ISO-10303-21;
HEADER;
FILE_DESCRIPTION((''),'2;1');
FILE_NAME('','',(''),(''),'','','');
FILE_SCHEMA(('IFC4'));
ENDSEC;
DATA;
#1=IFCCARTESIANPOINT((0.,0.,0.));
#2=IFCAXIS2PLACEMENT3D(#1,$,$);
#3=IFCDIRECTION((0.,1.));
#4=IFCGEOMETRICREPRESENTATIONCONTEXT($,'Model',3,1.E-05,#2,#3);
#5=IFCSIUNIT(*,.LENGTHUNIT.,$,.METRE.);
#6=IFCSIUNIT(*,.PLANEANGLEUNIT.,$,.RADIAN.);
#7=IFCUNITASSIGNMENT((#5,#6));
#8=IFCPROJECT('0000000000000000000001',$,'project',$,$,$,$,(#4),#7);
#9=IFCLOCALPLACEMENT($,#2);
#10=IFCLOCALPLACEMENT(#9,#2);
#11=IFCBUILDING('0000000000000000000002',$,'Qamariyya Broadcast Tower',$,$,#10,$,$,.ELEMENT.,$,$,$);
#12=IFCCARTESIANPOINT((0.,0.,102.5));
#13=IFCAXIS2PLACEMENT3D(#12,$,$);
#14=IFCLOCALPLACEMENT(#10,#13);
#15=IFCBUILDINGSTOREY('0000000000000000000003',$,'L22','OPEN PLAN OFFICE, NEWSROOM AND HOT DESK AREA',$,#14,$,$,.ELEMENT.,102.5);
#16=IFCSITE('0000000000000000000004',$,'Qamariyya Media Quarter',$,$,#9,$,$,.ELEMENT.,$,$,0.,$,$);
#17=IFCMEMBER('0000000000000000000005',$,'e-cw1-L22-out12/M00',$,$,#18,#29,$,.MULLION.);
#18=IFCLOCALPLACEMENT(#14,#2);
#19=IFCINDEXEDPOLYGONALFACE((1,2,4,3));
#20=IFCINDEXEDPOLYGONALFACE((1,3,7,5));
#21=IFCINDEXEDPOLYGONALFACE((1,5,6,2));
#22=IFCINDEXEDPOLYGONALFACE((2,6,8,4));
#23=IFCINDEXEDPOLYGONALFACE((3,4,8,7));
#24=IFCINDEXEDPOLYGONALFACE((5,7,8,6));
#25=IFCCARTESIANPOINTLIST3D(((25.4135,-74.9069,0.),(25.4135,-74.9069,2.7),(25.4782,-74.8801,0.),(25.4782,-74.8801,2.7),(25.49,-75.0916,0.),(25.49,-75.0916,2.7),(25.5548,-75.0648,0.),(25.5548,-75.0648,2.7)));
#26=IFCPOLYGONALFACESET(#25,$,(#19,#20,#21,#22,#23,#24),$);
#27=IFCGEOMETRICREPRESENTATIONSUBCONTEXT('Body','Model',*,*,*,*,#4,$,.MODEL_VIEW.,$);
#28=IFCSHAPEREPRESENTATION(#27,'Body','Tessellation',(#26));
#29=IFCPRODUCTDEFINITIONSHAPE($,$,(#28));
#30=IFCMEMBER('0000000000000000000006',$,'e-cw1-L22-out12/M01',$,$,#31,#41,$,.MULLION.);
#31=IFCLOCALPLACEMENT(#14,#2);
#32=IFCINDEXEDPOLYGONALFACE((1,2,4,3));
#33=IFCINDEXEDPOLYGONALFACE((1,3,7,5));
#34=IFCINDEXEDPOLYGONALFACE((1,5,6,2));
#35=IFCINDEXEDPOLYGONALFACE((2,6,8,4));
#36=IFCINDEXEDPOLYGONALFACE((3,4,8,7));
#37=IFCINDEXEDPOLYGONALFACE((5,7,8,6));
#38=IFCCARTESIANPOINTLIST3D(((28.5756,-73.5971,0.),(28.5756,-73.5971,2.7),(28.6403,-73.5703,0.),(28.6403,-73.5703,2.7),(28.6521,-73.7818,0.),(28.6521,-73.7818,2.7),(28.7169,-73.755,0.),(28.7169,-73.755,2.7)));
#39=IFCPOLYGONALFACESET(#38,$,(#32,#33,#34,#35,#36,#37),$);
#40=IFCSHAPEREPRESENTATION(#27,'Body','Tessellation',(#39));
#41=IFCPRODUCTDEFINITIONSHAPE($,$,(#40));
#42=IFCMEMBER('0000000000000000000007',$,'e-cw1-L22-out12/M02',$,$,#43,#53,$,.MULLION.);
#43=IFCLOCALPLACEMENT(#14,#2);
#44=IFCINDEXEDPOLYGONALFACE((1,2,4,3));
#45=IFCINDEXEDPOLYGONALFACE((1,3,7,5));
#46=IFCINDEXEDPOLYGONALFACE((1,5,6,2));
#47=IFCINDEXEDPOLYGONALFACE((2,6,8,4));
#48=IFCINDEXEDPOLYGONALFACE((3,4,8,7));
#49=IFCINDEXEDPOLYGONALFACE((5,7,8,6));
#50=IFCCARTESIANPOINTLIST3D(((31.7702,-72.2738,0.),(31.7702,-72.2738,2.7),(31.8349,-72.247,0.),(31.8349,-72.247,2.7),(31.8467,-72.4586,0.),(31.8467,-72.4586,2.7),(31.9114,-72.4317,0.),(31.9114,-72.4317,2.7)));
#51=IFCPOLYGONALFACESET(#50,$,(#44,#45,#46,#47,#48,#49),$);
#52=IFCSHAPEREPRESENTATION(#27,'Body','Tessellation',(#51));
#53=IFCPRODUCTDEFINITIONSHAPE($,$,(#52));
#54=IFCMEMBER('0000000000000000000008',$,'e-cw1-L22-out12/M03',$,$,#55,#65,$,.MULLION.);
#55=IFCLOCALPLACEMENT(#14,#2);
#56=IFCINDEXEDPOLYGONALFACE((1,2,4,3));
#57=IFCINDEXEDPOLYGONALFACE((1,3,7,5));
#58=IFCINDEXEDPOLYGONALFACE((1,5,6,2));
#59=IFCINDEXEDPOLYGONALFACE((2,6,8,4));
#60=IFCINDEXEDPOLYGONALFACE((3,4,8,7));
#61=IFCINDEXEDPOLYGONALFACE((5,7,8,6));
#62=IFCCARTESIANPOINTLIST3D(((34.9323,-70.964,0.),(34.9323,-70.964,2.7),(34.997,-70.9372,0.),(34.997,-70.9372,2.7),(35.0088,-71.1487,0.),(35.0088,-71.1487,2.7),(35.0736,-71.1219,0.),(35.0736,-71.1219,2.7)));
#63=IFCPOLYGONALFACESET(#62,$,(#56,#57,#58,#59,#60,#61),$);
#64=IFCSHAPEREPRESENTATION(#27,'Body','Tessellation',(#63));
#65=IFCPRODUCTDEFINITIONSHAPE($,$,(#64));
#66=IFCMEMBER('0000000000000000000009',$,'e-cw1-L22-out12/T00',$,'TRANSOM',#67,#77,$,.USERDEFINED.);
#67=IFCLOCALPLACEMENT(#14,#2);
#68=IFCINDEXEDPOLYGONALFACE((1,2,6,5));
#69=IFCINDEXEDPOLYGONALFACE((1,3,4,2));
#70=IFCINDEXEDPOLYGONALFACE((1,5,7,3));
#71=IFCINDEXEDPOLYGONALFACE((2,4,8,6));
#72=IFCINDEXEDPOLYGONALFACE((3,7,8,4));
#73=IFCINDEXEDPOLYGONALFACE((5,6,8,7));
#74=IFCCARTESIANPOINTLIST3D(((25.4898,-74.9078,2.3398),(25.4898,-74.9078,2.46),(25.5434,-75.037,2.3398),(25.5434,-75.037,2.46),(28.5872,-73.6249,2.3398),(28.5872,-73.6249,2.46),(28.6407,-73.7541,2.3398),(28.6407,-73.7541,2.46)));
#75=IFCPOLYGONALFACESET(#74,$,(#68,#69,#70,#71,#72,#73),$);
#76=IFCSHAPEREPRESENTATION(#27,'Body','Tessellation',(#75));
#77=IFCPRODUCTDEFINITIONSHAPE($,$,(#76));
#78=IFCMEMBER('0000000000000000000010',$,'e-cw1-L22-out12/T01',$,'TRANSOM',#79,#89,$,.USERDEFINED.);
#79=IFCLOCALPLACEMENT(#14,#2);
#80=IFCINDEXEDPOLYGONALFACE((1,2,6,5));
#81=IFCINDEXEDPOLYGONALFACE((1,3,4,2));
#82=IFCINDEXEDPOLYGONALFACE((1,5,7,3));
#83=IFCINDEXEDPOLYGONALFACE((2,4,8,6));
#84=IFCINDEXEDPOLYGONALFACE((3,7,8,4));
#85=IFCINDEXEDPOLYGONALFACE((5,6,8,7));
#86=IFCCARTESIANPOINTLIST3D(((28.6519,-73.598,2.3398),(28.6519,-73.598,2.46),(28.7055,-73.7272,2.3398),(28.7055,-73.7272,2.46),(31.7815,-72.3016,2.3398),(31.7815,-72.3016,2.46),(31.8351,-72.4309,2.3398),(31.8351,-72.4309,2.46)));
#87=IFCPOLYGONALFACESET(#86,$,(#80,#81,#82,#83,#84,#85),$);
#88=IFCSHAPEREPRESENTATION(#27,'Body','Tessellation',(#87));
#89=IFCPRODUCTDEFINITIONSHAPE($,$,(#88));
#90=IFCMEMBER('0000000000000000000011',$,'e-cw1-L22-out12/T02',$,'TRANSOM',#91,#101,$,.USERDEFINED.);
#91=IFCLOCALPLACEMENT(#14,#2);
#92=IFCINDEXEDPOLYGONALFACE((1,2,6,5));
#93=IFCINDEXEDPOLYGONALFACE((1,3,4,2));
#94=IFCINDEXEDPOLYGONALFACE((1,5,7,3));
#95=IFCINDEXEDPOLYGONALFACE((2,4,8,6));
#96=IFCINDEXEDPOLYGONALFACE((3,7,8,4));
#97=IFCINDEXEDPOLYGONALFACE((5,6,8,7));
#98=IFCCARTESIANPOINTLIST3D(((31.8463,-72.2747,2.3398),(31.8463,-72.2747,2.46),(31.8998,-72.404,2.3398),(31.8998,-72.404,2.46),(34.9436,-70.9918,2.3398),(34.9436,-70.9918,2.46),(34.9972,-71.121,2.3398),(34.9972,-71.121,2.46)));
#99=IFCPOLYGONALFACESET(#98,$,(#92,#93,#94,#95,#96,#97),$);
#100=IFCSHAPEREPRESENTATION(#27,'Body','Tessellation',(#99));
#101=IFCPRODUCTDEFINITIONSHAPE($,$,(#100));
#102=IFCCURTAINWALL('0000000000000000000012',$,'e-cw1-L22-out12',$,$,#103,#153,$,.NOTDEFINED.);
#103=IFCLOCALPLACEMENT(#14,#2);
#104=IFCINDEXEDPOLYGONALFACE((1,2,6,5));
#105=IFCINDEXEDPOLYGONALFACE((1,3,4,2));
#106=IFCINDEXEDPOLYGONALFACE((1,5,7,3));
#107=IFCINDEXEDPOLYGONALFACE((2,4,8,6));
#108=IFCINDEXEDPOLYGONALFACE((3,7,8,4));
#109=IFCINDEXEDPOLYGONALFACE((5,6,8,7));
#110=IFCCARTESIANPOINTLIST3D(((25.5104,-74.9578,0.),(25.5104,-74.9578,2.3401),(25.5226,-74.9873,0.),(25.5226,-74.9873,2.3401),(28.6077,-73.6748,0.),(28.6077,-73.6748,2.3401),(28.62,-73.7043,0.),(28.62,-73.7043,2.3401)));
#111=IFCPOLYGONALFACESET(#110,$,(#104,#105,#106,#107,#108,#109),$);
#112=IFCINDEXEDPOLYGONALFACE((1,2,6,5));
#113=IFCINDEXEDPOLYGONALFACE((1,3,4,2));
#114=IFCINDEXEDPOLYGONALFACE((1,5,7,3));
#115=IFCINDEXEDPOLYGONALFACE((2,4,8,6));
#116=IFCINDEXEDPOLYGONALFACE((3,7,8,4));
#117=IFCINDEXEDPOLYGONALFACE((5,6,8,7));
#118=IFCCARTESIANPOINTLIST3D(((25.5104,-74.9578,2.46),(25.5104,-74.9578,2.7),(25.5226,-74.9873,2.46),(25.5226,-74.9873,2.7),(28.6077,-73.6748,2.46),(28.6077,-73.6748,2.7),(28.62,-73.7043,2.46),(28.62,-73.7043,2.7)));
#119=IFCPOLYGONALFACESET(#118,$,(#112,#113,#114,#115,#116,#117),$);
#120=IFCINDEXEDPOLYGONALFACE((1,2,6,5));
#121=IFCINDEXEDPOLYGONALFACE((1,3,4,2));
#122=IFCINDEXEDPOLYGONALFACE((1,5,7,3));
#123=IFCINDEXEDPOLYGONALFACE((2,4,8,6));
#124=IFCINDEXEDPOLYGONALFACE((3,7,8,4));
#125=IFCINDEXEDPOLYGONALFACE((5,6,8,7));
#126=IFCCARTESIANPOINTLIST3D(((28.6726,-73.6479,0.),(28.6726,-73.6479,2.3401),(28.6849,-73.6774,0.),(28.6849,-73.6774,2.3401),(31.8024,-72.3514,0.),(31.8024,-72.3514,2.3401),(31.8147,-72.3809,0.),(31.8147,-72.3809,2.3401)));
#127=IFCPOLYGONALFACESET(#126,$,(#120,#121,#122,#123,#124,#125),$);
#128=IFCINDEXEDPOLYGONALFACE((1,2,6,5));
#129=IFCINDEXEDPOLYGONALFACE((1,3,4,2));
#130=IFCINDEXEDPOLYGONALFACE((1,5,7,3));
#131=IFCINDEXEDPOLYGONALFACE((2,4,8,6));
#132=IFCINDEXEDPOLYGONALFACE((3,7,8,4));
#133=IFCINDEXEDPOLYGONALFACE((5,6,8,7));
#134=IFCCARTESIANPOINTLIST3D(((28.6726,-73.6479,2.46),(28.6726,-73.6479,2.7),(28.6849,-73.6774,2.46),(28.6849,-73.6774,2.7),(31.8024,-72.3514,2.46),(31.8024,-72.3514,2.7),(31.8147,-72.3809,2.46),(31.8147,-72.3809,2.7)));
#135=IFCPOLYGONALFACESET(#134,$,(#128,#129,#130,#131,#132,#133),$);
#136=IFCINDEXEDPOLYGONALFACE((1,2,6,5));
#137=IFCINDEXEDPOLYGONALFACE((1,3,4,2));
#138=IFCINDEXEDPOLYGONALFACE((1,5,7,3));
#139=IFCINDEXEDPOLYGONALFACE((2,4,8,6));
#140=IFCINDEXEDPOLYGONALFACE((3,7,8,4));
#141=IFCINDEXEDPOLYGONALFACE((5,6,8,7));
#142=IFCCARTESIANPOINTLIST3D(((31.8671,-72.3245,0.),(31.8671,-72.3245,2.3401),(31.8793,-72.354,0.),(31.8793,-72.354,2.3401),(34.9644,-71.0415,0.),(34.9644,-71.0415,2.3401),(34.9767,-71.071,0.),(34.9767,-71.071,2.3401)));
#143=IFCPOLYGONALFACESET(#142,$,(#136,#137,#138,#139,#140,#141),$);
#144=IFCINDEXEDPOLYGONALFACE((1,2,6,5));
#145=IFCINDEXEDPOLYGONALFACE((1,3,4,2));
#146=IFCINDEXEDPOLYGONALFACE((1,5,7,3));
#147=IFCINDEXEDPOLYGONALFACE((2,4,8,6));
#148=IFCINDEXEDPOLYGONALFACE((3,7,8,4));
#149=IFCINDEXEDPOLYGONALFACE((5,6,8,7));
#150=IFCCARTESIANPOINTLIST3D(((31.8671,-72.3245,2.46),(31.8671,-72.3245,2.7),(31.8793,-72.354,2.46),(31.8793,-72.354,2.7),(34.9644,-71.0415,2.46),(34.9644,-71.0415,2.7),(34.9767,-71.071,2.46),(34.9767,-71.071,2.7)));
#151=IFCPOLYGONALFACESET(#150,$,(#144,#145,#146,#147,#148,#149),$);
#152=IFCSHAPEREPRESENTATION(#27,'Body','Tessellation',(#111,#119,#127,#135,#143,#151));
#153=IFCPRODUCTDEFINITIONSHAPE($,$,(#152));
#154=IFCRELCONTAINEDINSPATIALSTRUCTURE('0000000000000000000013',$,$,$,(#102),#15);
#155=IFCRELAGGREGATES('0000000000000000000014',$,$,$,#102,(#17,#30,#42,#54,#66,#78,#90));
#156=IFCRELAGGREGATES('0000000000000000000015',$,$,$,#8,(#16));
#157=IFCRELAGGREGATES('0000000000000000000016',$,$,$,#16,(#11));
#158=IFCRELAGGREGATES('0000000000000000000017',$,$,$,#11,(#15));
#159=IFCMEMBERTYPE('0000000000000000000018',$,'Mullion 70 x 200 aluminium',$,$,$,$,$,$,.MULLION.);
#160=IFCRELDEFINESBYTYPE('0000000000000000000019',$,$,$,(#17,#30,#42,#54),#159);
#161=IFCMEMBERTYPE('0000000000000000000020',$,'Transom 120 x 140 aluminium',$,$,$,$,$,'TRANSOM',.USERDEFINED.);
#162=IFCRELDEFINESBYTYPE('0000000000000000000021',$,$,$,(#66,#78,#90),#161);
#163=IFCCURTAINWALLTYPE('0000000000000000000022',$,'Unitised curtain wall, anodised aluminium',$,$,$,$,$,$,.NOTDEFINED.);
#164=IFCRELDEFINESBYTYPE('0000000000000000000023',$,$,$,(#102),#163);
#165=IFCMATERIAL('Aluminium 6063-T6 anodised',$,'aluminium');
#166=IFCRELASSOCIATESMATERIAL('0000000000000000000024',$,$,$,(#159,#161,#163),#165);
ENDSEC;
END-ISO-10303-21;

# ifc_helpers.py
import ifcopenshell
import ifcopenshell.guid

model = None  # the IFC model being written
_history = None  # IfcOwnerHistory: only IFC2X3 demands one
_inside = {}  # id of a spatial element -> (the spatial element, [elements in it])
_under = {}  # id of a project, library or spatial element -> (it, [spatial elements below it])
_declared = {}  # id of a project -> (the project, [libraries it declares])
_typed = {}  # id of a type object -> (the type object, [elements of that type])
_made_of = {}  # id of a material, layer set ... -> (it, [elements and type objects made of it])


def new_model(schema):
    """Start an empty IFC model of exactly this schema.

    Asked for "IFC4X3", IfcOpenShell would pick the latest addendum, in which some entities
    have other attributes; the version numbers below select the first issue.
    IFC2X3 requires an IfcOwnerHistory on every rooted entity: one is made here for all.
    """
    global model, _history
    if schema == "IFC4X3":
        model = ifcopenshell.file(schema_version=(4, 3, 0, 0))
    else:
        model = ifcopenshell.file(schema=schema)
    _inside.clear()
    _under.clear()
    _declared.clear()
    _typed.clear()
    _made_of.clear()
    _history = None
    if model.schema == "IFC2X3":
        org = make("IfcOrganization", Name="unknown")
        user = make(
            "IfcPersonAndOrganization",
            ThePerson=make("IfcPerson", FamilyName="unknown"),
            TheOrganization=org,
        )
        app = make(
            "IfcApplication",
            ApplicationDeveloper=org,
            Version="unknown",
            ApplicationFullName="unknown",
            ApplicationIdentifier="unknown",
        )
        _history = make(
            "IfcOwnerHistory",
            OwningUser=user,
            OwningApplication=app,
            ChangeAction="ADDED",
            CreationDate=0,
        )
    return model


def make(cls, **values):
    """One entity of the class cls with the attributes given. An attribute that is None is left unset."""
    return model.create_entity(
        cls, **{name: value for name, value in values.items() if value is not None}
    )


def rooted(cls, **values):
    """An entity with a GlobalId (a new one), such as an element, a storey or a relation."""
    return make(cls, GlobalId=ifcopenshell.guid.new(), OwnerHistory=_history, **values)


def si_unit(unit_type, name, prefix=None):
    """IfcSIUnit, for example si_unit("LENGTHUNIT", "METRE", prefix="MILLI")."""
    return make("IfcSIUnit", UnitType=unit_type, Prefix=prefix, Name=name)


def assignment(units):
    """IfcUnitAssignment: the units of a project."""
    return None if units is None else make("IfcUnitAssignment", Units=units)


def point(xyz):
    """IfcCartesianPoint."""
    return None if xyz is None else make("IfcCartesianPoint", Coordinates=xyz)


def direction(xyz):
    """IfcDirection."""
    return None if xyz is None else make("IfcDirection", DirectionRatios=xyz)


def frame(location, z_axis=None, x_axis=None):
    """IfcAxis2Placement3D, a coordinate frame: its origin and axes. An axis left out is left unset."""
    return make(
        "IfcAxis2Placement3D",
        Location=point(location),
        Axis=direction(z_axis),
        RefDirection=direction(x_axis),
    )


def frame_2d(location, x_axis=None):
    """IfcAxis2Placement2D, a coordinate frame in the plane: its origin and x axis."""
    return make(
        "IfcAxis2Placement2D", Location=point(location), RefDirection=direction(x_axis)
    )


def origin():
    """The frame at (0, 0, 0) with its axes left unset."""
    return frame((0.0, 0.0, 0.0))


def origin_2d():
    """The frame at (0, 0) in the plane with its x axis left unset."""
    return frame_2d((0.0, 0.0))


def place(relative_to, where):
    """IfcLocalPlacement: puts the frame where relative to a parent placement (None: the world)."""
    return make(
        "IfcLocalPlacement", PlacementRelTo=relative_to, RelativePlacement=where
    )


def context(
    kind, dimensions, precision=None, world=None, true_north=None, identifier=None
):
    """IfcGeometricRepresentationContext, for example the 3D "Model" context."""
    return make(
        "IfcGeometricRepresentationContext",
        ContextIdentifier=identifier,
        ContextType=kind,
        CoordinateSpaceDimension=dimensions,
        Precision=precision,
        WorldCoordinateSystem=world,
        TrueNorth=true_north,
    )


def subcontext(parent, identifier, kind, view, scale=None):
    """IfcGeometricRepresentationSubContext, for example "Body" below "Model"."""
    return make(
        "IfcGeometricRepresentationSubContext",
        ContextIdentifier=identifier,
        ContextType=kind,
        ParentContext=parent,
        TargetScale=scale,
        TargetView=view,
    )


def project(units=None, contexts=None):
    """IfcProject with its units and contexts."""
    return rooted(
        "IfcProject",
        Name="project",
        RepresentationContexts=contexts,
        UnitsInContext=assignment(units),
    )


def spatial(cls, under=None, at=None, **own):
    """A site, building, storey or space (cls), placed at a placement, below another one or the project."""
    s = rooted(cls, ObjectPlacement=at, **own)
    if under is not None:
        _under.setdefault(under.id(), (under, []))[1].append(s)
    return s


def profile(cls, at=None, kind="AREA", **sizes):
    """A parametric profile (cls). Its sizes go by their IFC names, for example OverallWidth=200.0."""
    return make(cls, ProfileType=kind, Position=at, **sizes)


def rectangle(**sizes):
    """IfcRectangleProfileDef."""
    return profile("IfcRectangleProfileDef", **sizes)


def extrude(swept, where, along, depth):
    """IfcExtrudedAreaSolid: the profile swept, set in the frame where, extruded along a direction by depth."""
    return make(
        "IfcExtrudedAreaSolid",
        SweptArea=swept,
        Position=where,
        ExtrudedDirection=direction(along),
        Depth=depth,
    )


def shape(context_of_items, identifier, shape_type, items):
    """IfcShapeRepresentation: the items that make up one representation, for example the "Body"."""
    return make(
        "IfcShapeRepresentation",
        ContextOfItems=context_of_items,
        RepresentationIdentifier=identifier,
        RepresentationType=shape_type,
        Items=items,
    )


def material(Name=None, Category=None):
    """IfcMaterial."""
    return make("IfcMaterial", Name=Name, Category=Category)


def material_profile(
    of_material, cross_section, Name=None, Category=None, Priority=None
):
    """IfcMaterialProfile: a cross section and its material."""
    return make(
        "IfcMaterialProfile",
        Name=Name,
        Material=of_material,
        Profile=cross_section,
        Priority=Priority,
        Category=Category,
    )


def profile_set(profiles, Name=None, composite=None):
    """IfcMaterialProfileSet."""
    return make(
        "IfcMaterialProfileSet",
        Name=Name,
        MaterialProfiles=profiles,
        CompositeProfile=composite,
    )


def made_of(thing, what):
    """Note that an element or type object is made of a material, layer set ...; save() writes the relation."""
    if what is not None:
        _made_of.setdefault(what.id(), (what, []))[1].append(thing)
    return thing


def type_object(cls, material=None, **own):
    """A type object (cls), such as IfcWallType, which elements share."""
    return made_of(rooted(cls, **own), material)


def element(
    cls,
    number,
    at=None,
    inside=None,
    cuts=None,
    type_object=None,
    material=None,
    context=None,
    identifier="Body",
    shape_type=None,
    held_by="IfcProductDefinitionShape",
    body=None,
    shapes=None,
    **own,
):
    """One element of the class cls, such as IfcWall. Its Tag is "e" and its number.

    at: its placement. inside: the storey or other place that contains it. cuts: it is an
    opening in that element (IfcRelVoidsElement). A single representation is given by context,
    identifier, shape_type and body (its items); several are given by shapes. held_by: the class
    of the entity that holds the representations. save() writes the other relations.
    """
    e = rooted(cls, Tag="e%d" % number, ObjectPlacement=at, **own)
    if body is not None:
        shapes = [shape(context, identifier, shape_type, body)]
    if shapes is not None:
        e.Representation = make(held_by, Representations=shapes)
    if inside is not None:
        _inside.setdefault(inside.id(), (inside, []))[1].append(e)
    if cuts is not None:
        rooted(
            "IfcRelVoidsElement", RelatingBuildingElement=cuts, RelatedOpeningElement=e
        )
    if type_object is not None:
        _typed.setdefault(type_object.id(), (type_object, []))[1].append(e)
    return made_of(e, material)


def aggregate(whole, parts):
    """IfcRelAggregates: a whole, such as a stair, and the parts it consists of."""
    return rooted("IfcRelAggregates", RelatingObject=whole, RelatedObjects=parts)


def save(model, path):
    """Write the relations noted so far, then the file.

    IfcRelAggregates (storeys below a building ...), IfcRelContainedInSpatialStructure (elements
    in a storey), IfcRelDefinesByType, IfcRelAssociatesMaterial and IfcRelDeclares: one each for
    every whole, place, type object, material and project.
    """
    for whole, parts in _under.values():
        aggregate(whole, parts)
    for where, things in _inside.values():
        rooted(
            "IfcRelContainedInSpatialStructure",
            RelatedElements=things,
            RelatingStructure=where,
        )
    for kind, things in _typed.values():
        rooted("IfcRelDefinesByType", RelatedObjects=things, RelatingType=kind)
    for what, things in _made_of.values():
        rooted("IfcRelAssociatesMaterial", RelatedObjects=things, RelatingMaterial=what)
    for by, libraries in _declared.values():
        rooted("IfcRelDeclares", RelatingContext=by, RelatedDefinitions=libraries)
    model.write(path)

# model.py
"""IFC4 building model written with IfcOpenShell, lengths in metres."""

from ifc_helpers import new_model, si_unit, direction, frame, origin, origin_2d, place, context, subcontext, project, spatial, rectangle, extrude, material, material_profile, profile_set, type_object, element, aggregate, save


model = new_model("IFC4")

# Units and contexts
model_context = context("Model", 3, precision=1e-05, world=origin(), true_north=direction((0.0, 1.0)))
body_context = subcontext(model_context, "Body", "Model", "MODEL_VIEW")
ifc_project = project(units=[si_unit("LENGTHUNIT", "METRE"), si_unit("PLANEANGLEUNIT", "RADIAN")], contexts=[model_context])

# Members
ifc_material = material(Name="Aluminium 6063-T6 anodised", Category="aluminium")
ifc_material_profile_1 = material_profile(ifc_material, rectangle(XDim=0.2, YDim=0.0701, at=origin_2d()))
ifc_profile_set_1 = profile_set([ifc_material_profile_1], Name="Aluminium 6063-T6 anodised")
member_type_1 = type_object("IfcMemberType", Name="Mullion 70 x 200 aluminium", PredefinedType="MULLION", material=ifc_profile_set_1)
site_placement = place(None, origin())
building_placement = place(site_placement, origin())
storey_placement = place(building_placement, frame((0.0, 0.0, 102.5)))
member_1_placement = place(storey_placement, frame((25.4841, -74.9858, 0.0), z_axis=(0.0, 0.0, 1.0), x_axis=(-0.382683, 0.92388, 0.0)))
member_1 = element("IfcMember", 1, at=member_1_placement, type_object=member_type_1, Name="e-cw1-L22-out12/M00", PredefinedType="MULLION", context=body_context, shape_type="SweptSolid", body=[
    extrude(rectangle(XDim=0.2, YDim=0.0701, at=origin_2d()), origin(), (0.0, 0.0, 1.0), 2.7),
])
member_2_placement = place(storey_placement, frame((28.6462, -73.676, 0.0), z_axis=(0.0, 0.0, 1.0), x_axis=(-0.382683, 0.92388, 0.0)))
member_2 = element("IfcMember", 2, at=member_2_placement, type_object=member_type_1, Name="e-cw1-L22-out12/M01", PredefinedType="MULLION", context=body_context, shape_type="SweptSolid", body=[
    extrude(rectangle(XDim=0.2, YDim=0.0701, at=origin_2d()), origin(), (0.0, 0.0, 1.0), 2.7),
])
member_3_placement = place(storey_placement, frame((31.8408, -72.3528, 0.0), z_axis=(0.0, 0.0, 1.0), x_axis=(-0.382683, 0.92388, 0.0)))
member_3 = element("IfcMember", 3, at=member_3_placement, type_object=member_type_1, Name="e-cw1-L22-out12/M02", PredefinedType="MULLION", context=body_context, shape_type="SweptSolid", body=[
    extrude(rectangle(XDim=0.2, YDim=0.0701, at=origin_2d()), origin(), (0.0, 0.0, 1.0), 2.7),
])
member_4_placement = place(storey_placement, frame((35.0029, -71.043, 0.0), z_axis=(0.0, 0.0, 1.0), x_axis=(-0.382683, 0.92388, 0.0)))
member_4 = element("IfcMember", 4, at=member_4_placement, type_object=member_type_1, Name="e-cw1-L22-out12/M03", PredefinedType="MULLION", context=body_context, shape_type="SweptSolid", body=[
    extrude(rectangle(XDim=0.2, YDim=0.0701, at=origin_2d()), origin(), (0.0, 0.0, 1.0), 2.7),
])
ifc_material_profile_2 = material_profile(ifc_material, rectangle(XDim=0.1399, YDim=0.1201, at=origin_2d()))
ifc_profile_set_2 = profile_set([ifc_material_profile_2], Name="Aluminium 6063-T6 anodised")
member_type_2 = type_object("IfcMemberType", Name="Transom 120 x 140 aluminium", ElementType="TRANSOM", PredefinedType="USERDEFINED", material=ifc_profile_set_2)
member_5_placement = place(storey_placement, frame((25.5166, -74.9724, 2.3999), z_axis=(0.923883, 0.382676, 0.0), x_axis=(-0.382676, 0.923883, 0.0)))
member_5 = element("IfcMember", 5, at=member_5_placement, type_object=member_type_2, Name="e-cw1-L22-out12/T00", ObjectType="TRANSOM", PredefinedType="USERDEFINED", context=body_context, shape_type="SweptSolid", body=[
    extrude(rectangle(XDim=0.1399, YDim=0.1201, at=origin_2d()), origin(), (0.0, 0.0, 1.0), 3.3525),
])
member_6_placement = place(storey_placement, frame((28.6787, -73.6626, 2.3999), z_axis=(0.923875, 0.382696, 0.0), x_axis=(-0.382696, 0.923875, 0.0)))
member_6 = element("IfcMember", 6, at=member_6_placement, type_object=member_type_2, Name="e-cw1-L22-out12/T01", ObjectType="TRANSOM", PredefinedType="USERDEFINED", context=body_context, shape_type="SweptSolid", body=[
    extrude(rectangle(XDim=0.1399, YDim=0.1201, at=origin_2d()), origin(), (0.0, 0.0, 1.0), 3.3875),
])
member_7_placement = place(storey_placement, frame((31.873, -72.3394, 2.3999), z_axis=(0.923883, 0.382676, 0.0), x_axis=(-0.382676, 0.923883, 0.0)))
member_7 = element("IfcMember", 7, at=member_7_placement, type_object=member_type_2, Name="e-cw1-L22-out12/T02", ObjectType="TRANSOM", PredefinedType="USERDEFINED", context=body_context, shape_type="SweptSolid", body=[
    extrude(rectangle(XDim=0.1399, YDim=0.1201, at=origin_2d()), origin(), (0.0, 0.0, 1.0), 3.3525),
])

# Site, building, storey
site = spatial("IfcSite", under=ifc_project, at=site_placement, Name="Qamariyya Media Quarter", CompositionType="ELEMENT", RefElevation=0.0)
building = spatial("IfcBuilding", under=site, at=building_placement, Name="Qamariyya Broadcast Tower", CompositionType="ELEMENT")
storey = spatial("IfcBuildingStorey", under=building, at=storey_placement, Name="L22", Description="OPEN PLAN OFFICE, NEWSROOM AND HOT DESK AREA", CompositionType="ELEMENT", Elevation=102.5)

# Curtain wall
curtain_wall_type = type_object("IfcCurtainWallType", Name="Unitised curtain wall, anodised aluminium", PredefinedType="NOTDEFINED", material=ifc_material)
curtain_wall_1_placement = place(storey_placement, origin())
curtain_wall_1 = element("IfcCurtainWall", 8, at=curtain_wall_1_placement, inside=storey, type_object=curtain_wall_type, Name="e-cw1-L22-out12", PredefinedType="NOTDEFINED", context=body_context, shape_type="SweptSolid", body=[
    extrude(rectangle(XDim=3.3525, YDim=0.032, at=origin_2d()), frame((27.0652, -74.3311, 0.0), x_axis=(0.923872, 0.382701, 0.0)), (0.0, 0.0, 1.0), 2.3401),
    extrude(rectangle(XDim=3.3525, YDim=0.032, at=origin_2d()), frame((27.0652, -74.3311, 2.46), x_axis=(0.923872, 0.382701, 0.0)), (0.0, 0.0, 1.0), 0.24),
    extrude(rectangle(XDim=3.3877, YDim=0.032, at=origin_2d()), frame((30.2437, -73.0144, 0.0), x_axis=(0.923872, 0.382701, 0.0)), (0.0, 0.0, 1.0), 2.3401),
    extrude(rectangle(XDim=3.3877, YDim=0.032, at=origin_2d()), frame((30.2437, -73.0144, 2.46), x_axis=(0.923872, 0.382701, 0.0)), (0.0, 0.0, 1.0), 0.24),
    extrude(rectangle(XDim=3.3525, YDim=0.032, at=origin_2d()), frame((33.4219, -71.6978, 0.0), x_axis=(0.923872, 0.382701, 0.0)), (0.0, 0.0, 1.0), 2.3401),
    extrude(rectangle(XDim=3.3525, YDim=0.032, at=origin_2d()), frame((33.4219, -71.6978, 2.46), x_axis=(0.923872, 0.382701, 0.0)), (0.0, 0.0, 1.0), 0.24),
])
aggregate(curtain_wall_1, [member_1, member_2, member_3, member_4, member_5, member_6, member_7])

save(model, "model.ifc")
